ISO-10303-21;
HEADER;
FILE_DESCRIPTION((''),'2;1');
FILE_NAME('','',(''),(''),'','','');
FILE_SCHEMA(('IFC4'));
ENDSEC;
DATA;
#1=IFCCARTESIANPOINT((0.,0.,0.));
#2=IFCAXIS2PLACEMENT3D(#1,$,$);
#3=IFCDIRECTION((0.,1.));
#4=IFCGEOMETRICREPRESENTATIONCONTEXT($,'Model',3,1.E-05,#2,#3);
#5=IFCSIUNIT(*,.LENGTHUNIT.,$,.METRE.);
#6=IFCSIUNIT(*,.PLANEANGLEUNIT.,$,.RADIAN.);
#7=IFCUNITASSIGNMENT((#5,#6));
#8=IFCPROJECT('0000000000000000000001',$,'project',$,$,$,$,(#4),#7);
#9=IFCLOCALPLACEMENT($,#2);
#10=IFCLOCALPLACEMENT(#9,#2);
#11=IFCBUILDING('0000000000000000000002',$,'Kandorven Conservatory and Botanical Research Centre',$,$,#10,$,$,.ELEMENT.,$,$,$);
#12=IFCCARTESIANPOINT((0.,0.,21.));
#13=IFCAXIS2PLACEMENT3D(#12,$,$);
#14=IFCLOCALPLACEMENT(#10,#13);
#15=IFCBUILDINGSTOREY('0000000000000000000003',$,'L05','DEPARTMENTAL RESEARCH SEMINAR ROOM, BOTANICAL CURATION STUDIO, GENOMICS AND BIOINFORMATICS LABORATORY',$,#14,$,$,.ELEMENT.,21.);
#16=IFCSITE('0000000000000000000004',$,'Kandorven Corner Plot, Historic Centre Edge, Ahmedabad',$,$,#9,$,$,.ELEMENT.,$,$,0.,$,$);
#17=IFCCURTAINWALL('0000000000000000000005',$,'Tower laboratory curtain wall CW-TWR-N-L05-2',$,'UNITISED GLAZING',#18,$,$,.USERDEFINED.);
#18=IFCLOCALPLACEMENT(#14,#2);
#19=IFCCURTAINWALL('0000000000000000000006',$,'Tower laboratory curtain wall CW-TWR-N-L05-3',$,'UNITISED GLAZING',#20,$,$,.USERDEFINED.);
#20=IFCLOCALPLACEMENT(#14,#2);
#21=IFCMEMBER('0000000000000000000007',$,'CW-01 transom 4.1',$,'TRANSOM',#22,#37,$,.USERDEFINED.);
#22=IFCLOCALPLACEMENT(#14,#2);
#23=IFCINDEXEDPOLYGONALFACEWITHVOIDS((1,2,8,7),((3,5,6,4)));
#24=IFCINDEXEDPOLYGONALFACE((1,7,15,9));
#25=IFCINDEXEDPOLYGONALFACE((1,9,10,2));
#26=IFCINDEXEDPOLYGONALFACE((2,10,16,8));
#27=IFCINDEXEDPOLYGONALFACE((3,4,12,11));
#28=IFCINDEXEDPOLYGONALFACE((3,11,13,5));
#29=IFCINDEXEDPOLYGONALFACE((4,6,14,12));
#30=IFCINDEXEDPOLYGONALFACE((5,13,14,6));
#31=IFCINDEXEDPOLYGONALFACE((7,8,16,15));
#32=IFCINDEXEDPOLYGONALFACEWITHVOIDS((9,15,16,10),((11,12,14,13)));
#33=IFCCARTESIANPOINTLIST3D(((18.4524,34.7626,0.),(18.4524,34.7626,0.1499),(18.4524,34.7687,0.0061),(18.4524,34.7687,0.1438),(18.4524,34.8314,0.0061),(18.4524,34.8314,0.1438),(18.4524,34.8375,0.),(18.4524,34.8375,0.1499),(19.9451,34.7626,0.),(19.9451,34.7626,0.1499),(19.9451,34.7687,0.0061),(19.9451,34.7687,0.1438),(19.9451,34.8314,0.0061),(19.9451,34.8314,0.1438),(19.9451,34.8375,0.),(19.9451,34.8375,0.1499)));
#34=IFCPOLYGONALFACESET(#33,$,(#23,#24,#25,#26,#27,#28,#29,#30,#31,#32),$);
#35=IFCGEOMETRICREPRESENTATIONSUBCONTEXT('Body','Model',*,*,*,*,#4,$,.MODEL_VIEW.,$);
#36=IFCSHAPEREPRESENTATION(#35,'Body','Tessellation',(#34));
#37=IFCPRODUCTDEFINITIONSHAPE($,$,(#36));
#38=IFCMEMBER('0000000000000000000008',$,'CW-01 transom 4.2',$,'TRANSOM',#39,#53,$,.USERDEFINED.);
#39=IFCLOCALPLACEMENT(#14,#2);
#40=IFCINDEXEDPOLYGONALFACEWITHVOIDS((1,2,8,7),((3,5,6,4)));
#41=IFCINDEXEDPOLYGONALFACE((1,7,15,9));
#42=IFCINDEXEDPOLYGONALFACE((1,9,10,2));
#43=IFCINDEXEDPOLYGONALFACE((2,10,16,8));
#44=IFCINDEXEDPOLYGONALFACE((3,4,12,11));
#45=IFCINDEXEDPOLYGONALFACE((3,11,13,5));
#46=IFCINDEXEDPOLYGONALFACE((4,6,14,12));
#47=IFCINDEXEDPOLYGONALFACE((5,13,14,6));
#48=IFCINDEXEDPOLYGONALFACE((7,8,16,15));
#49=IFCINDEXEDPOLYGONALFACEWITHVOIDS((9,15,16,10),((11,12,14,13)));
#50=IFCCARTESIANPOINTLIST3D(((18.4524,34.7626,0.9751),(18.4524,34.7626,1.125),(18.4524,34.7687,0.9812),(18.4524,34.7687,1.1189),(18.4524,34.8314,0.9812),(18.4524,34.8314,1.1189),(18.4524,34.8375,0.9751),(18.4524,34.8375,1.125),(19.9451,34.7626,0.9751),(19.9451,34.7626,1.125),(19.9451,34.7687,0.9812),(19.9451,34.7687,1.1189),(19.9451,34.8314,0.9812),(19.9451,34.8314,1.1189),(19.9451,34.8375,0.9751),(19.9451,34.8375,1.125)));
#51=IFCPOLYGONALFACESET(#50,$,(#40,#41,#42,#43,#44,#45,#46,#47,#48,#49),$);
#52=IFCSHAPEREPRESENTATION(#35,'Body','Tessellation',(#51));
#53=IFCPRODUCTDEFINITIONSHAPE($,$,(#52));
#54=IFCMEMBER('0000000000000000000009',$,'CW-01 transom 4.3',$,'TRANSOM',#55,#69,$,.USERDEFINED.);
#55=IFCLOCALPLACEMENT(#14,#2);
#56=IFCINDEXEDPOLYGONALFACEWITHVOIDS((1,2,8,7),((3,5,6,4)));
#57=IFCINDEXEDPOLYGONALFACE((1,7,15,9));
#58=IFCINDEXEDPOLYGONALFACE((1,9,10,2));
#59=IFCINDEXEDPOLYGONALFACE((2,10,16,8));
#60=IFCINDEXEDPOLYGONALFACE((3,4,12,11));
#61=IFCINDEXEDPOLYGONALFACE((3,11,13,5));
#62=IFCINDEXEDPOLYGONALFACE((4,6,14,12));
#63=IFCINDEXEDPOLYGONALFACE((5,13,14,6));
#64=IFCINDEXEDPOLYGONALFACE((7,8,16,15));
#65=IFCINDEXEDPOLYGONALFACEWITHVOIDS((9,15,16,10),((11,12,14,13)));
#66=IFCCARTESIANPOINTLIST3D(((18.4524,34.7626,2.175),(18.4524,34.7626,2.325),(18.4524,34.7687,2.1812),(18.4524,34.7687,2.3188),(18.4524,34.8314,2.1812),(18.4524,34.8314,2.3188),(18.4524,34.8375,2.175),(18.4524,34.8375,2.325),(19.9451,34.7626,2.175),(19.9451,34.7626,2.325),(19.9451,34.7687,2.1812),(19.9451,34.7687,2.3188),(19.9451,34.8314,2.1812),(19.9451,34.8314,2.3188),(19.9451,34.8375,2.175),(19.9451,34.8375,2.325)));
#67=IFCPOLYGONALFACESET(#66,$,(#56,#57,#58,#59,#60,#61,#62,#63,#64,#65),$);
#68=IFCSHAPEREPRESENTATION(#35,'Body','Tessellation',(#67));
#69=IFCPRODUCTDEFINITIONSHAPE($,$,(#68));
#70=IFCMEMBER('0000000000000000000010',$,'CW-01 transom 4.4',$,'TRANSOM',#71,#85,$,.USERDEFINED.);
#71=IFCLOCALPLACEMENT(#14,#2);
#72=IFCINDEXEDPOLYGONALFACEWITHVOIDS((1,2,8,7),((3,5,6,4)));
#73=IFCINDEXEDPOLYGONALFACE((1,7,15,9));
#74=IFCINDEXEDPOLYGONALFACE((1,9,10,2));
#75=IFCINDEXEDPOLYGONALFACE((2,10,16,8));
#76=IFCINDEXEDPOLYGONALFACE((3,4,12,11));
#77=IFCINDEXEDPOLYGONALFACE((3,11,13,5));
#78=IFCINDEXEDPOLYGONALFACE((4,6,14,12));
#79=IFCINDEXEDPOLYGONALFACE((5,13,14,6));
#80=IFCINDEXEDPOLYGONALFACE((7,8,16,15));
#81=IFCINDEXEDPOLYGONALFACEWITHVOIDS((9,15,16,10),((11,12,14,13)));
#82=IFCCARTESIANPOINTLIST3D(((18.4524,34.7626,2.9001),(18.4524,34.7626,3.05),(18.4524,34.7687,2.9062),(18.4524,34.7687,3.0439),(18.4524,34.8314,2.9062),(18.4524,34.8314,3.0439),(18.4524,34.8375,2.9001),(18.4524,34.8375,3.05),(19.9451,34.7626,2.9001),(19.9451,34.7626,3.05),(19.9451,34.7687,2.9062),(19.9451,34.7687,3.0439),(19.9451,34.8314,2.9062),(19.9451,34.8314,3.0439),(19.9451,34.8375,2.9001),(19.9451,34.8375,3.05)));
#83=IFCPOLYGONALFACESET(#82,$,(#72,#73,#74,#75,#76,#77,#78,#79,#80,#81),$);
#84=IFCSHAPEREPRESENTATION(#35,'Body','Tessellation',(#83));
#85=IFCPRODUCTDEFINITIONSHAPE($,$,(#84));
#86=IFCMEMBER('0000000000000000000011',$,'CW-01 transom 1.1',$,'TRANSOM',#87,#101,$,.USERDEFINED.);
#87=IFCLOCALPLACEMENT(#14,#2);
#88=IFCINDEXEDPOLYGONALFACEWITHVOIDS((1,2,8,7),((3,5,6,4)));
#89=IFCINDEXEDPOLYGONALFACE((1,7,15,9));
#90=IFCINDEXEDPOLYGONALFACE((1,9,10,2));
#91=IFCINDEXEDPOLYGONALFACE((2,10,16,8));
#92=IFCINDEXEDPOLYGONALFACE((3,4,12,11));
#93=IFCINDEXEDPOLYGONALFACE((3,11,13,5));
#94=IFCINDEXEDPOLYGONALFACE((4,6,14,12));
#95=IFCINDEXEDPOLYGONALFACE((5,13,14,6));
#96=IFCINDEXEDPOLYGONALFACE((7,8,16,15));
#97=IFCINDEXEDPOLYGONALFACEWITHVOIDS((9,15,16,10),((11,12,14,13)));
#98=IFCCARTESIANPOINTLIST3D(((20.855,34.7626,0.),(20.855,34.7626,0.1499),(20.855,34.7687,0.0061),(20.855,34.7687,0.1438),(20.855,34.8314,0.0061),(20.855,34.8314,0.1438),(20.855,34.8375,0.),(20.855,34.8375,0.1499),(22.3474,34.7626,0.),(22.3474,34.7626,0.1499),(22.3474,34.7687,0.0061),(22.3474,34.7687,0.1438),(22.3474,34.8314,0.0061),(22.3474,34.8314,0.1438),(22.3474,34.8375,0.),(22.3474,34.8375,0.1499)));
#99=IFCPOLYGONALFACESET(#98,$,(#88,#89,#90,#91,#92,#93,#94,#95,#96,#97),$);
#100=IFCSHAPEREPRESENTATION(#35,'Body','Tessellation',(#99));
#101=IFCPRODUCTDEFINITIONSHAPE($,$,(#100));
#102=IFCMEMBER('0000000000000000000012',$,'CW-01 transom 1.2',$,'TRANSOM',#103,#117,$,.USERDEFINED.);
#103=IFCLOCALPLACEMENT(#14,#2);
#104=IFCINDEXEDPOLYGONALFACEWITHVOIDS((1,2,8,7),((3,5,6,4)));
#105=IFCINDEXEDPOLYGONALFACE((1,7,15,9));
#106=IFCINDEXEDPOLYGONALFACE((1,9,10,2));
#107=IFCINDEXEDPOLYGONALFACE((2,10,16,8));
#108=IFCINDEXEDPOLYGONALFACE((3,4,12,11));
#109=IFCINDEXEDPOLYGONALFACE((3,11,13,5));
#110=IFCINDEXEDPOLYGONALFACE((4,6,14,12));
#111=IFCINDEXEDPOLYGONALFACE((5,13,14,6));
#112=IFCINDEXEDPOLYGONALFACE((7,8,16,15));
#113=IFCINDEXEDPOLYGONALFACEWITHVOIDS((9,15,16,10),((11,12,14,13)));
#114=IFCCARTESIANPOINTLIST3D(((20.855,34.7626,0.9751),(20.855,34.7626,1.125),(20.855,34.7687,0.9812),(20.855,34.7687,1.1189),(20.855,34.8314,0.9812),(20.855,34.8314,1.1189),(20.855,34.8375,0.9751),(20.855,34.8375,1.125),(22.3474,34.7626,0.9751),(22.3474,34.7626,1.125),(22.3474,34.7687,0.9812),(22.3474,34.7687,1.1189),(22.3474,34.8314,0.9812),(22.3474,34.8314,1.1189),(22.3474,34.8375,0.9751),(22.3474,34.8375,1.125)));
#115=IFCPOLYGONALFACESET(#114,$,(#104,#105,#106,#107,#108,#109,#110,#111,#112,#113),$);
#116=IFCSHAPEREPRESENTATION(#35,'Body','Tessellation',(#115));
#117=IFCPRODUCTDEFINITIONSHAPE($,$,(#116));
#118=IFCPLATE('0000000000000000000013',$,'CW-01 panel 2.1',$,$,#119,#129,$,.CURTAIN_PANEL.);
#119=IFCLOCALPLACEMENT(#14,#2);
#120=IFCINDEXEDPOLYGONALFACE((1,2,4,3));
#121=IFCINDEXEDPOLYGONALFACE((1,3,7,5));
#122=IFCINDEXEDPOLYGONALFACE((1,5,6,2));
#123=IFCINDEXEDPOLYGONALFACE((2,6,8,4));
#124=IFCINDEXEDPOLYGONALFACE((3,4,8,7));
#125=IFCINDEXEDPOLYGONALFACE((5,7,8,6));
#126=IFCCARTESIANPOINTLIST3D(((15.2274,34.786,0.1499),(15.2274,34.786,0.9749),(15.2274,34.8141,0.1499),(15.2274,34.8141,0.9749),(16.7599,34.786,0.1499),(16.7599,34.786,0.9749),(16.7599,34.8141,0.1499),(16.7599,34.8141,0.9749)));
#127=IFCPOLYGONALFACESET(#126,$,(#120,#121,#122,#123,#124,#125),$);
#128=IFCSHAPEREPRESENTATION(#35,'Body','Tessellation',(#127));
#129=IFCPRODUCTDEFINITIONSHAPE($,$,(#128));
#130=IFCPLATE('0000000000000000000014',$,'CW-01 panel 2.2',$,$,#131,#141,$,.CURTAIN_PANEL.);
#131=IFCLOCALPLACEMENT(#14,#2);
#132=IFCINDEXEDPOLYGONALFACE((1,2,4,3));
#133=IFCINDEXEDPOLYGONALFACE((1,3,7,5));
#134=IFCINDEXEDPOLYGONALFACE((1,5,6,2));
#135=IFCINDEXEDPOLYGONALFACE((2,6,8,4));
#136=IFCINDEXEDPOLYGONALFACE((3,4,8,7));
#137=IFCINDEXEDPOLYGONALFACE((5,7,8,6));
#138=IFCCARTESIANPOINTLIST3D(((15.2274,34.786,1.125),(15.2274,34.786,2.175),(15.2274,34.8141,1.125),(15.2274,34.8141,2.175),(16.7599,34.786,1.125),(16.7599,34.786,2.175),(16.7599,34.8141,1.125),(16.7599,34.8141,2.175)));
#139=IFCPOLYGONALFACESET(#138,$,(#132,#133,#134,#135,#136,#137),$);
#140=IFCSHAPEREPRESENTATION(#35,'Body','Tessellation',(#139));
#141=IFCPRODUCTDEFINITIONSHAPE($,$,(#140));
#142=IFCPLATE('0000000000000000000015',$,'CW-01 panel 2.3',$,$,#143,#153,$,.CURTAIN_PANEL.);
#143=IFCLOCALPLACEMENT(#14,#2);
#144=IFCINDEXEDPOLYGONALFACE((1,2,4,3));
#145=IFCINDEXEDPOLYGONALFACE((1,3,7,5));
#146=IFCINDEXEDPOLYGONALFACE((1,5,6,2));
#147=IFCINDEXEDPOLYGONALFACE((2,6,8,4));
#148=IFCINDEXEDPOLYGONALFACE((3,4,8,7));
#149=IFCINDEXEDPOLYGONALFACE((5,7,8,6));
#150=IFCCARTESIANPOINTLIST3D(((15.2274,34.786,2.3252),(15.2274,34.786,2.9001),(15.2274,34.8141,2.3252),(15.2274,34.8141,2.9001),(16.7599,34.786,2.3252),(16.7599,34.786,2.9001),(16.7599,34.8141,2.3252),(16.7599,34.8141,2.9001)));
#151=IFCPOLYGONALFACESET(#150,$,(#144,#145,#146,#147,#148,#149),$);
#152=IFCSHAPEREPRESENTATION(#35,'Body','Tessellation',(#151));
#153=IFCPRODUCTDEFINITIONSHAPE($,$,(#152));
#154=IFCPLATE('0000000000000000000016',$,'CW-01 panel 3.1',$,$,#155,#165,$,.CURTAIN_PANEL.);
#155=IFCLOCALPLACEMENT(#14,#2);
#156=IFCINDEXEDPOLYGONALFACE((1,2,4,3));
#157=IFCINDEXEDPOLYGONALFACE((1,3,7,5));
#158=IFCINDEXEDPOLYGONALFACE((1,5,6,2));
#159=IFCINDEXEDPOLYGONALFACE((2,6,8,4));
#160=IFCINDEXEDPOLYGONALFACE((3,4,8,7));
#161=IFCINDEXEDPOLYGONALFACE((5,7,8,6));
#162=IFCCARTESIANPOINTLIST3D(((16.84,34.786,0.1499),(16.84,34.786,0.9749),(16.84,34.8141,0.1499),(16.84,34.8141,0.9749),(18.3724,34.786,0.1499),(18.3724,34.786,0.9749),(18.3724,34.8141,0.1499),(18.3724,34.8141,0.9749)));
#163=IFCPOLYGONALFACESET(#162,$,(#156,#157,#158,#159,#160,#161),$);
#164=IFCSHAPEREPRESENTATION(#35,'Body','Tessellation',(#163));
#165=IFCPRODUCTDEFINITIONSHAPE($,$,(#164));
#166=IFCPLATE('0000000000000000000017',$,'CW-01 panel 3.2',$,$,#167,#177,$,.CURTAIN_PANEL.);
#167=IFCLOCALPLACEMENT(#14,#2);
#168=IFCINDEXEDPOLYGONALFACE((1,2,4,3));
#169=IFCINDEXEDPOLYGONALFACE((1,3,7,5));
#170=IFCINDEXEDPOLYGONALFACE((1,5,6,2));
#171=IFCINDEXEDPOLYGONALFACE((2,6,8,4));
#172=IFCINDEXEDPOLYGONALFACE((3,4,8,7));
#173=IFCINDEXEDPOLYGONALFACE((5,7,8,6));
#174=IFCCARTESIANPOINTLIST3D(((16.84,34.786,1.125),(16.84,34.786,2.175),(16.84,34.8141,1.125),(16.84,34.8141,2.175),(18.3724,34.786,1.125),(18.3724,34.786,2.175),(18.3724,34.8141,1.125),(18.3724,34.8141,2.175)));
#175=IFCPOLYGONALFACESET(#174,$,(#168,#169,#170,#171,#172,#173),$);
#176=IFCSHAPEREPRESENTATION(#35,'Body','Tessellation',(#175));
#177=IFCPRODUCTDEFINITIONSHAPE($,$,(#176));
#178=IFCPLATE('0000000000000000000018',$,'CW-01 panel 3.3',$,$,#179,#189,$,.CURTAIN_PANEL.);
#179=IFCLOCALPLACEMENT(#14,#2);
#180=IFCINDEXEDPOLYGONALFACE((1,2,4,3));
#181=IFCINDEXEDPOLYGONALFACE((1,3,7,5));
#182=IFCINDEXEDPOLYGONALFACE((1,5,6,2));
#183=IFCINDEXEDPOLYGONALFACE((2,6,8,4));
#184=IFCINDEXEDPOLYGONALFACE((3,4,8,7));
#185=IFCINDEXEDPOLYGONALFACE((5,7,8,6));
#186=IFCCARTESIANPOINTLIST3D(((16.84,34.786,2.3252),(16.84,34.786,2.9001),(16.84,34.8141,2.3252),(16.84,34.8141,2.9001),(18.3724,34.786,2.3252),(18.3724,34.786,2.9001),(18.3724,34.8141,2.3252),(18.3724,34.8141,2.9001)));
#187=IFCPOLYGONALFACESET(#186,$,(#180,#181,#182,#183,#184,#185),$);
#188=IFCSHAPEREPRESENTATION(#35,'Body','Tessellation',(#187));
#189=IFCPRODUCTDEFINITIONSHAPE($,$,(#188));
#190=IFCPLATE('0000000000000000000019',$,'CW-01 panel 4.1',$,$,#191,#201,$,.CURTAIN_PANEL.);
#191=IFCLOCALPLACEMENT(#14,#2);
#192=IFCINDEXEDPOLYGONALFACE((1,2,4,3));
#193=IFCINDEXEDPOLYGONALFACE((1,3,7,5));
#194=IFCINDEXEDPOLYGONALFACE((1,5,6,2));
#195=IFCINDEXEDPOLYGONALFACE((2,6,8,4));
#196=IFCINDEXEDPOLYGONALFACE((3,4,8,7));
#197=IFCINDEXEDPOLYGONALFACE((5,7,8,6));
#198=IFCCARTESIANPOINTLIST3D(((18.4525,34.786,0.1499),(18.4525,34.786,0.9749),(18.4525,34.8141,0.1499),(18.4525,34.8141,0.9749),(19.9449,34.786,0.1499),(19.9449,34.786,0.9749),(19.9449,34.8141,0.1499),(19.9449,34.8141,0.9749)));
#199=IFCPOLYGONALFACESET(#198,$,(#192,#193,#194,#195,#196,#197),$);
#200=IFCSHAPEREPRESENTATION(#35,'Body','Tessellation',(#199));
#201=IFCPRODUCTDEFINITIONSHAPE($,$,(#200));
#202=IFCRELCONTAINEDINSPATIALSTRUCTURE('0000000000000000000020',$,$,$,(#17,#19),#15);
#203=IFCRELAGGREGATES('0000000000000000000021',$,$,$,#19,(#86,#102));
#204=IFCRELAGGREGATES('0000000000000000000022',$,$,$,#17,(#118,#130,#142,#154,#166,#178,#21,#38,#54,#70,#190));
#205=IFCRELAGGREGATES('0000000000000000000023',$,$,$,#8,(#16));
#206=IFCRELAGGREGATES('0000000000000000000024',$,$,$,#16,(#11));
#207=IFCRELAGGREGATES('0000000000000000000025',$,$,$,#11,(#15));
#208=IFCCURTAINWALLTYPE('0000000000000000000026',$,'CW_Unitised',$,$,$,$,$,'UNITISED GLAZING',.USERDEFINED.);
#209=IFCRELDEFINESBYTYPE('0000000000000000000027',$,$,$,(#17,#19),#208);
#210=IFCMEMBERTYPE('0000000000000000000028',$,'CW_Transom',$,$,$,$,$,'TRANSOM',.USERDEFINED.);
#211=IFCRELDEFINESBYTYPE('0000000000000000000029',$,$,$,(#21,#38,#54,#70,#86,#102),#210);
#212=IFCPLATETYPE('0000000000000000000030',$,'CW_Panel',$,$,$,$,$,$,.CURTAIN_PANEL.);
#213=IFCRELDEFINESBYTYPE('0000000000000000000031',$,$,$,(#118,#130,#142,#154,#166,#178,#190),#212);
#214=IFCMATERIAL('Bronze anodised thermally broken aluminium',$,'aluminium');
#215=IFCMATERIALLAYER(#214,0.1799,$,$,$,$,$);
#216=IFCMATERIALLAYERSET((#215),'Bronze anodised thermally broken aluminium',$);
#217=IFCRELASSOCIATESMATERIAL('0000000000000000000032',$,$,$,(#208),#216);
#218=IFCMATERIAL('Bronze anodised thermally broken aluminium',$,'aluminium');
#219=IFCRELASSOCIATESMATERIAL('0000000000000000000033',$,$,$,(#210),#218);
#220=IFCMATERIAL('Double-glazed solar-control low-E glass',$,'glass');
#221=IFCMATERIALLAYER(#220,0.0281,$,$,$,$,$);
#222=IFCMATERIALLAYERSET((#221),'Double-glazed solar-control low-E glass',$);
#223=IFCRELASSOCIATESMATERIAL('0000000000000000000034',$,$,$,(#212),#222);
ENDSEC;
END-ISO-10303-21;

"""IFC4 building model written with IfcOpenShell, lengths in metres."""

from ifc_helpers import new_model, si_unit, direction, frame, origin, origin_2d, place, context, subcontext, project, spatial, rectangle, hollow_rectangle, extrude, material, layer, layer_set, material_profile, profile_set, type_object, element, aggregate, save


model = new_model("IFC4")

# Units and contexts
model_context = context("Model", 3, precision=1e-05, world=origin(), true_north=direction((0.0, 1.0)))
body_context = subcontext(model_context, "Body", "Model", "MODEL_VIEW")
ifc_project = project(units=[si_unit("LENGTHUNIT", "METRE"), si_unit("PLANEANGLEUNIT", "RADIAN")], contexts=[model_context])

# Site, building, storey
site_placement = place(None, origin())
site = spatial("IfcSite", under=ifc_project, at=site_placement, Name="Kandorven Corner Plot, Historic Centre Edge, Ahmedabad", CompositionType="ELEMENT", RefElevation=0.0)
building_placement = place(site_placement, origin())
building = spatial("IfcBuilding", under=site, at=building_placement, Name="Kandorven Conservatory and Botanical Research Centre", CompositionType="ELEMENT")
storey_placement = place(building_placement, frame((0.0, 0.0, 21.0)))
storey = spatial("IfcBuildingStorey", under=building, at=storey_placement, Name="L05", Description="DEPARTMENTAL RESEARCH SEMINAR ROOM, BOTANICAL CURATION STUDIO, GENOMICS AND BIOINFORMATICS LABORATORY", CompositionType="ELEMENT", Elevation=21.0)

# Curtain wall
ifc_material_1 = material(Name="Bronze anodised thermally broken aluminium", Category="aluminium")
ifc_layer_1 = layer(ifc_material_1, 0.1799)
ifc_layer_set_1 = layer_set([ifc_layer_1], Name="Bronze anodised thermally broken aluminium")
curtain_wall_type = type_object("IfcCurtainWallType", Name="CW_Unitised", ElementType="UNITISED GLAZING", PredefinedType="USERDEFINED", material=ifc_layer_set_1)
curtain_wall_1_placement = place(storey_placement, origin())
curtain_wall_1 = element("IfcCurtainWall", 1, at=curtain_wall_1_placement, inside=storey, type_object=curtain_wall_type, Name="Tower laboratory curtain wall CW-TWR-N-L05-2", ObjectType="UNITISED GLAZING", PredefinedType="USERDEFINED")

# Curtain wall
curtain_wall_2_placement = place(storey_placement, origin())
curtain_wall_2 = element("IfcCurtainWall", 2, at=curtain_wall_2_placement, inside=storey, type_object=curtain_wall_type, Name="Tower laboratory curtain wall CW-TWR-N-L05-3", ObjectType="UNITISED GLAZING", PredefinedType="USERDEFINED")

# Members
ifc_material_2 = material(Name="Bronze anodised thermally broken aluminium", Category="aluminium")
ifc_material_profile_1 = material_profile(ifc_material_2, hollow_rectangle(XDim=0.075, YDim=0.1499, WallThickness=0.0061, at=origin_2d()))
ifc_profile_set_1 = profile_set([ifc_material_profile_1], Name="Bronze anodised thermally broken aluminium")
member_type_1 = type_object("IfcMemberType", Name="CW_Transom", ElementType="TRANSOM", PredefinedType="USERDEFINED", material=ifc_profile_set_1)
member_1_placement = place(storey_placement, frame((18.4524, 34.8, 0.075), z_axis=(1.0, 0.0, 0.0), x_axis=(0.0, 1.0, 0.0)))
member_1 = element("IfcMember", 3, at=member_1_placement, type_object=member_type_1, Name="CW-01 transom 4.1", ObjectType="TRANSOM", PredefinedType="USERDEFINED", context=body_context, shape_type="SweptSolid", body=[
    extrude(hollow_rectangle(XDim=0.075, YDim=0.1499, WallThickness=0.0061, at=origin_2d()), origin(), (0.0, 0.0, 1.0), 1.4927),
])
member_2_placement = place(storey_placement, frame((18.4524, 34.8, 1.05), z_axis=(1.0, 0.0, 0.0), x_axis=(0.0, 1.0, 0.0)))
member_2 = element("IfcMember", 4, at=member_2_placement, type_object=member_type_1, Name="CW-01 transom 4.2", ObjectType="TRANSOM", PredefinedType="USERDEFINED", context=body_context, shape_type="SweptSolid", body=[
    extrude(hollow_rectangle(XDim=0.075, YDim=0.1499, WallThickness=0.0061, at=origin_2d()), origin(), (0.0, 0.0, 1.0), 1.4927),
])
member_3_placement = place(storey_placement, frame((18.4524, 34.8, 2.25), z_axis=(1.0, 0.0, 0.0), x_axis=(0.0, 1.0, 0.0)))
member_3 = element("IfcMember", 5, at=member_3_placement, type_object=member_type_1, Name="CW-01 transom 4.3", ObjectType="TRANSOM", PredefinedType="USERDEFINED", context=body_context, shape_type="SweptSolid", body=[
    extrude(hollow_rectangle(XDim=0.075, YDim=0.1499, WallThickness=0.0061, at=origin_2d()), origin(), (0.0, 0.0, 1.0), 1.4927),
])
member_4_placement = place(storey_placement, frame((18.4524, 34.8, 2.9751), z_axis=(1.0, 0.0, 0.0), x_axis=(0.0, 1.0, 0.0)))
member_4 = element("IfcMember", 6, at=member_4_placement, type_object=member_type_1, Name="CW-01 transom 4.4", ObjectType="TRANSOM", PredefinedType="USERDEFINED", context=body_context, shape_type="SweptSolid", body=[
    extrude(hollow_rectangle(XDim=0.075, YDim=0.1499, WallThickness=0.0061, at=origin_2d()), origin(), (0.0, 0.0, 1.0), 1.4927),
])
member_5_placement = place(storey_placement, frame((20.855, 34.8, 0.075), z_axis=(1.0, 0.0, 0.0), x_axis=(0.0, 1.0, 0.0)))
member_5 = element("IfcMember", 7, at=member_5_placement, type_object=member_type_1, Name="CW-01 transom 1.1", ObjectType="TRANSOM", PredefinedType="USERDEFINED", context=body_context, shape_type="SweptSolid", body=[
    extrude(hollow_rectangle(XDim=0.075, YDim=0.1499, WallThickness=0.0061, at=origin_2d()), origin(), (0.0, 0.0, 1.0), 1.4924),
])
member_6_placement = place(storey_placement, frame((20.855, 34.8, 1.05), z_axis=(1.0, 0.0, 0.0), x_axis=(0.0, 1.0, 0.0)))
member_6 = element("IfcMember", 8, at=member_6_placement, type_object=member_type_1, Name="CW-01 transom 1.2", ObjectType="TRANSOM", PredefinedType="USERDEFINED", context=body_context, shape_type="SweptSolid", body=[
    extrude(hollow_rectangle(XDim=0.075, YDim=0.1499, WallThickness=0.0061, at=origin_2d()), origin(), (0.0, 0.0, 1.0), 1.4924),
])
aggregate(curtain_wall_2, [member_5, member_6])

# Plates
ifc_material_3 = material(Name="Double-glazed solar-control low-E glass", Category="glass")
ifc_layer_2 = layer(ifc_material_3, 0.0281)
ifc_layer_set_2 = layer_set([ifc_layer_2], Name="Double-glazed solar-control low-E glass")
plate_type = type_object("IfcPlateType", Name="CW_Panel", PredefinedType="CURTAIN_PANEL", material=ifc_layer_set_2)
plate_1_placement = place(storey_placement, frame((15.9937, 34.8, 0.1499), z_axis=(0.0, 0.0, 1.0), x_axis=(1.0, 0.0, 0.0)))
plate_1 = element("IfcPlate", 9, at=plate_1_placement, type_object=plate_type, Name="CW-01 panel 2.1", PredefinedType="CURTAIN_PANEL", context=body_context, shape_type="SweptSolid", body=[
    extrude(rectangle(XDim=1.5325, YDim=0.0281, at=origin_2d()), origin(), (0.0, 0.0, 1.0), 0.825),
])
plate_2_placement = place(storey_placement, frame((15.9937, 34.8, 1.125), z_axis=(0.0, 0.0, 1.0), x_axis=(1.0, 0.0, 0.0)))
plate_2 = element("IfcPlate", 10, at=plate_2_placement, type_object=plate_type, Name="CW-01 panel 2.2", PredefinedType="CURTAIN_PANEL", context=body_context, shape_type="SweptSolid", body=[
    extrude(rectangle(XDim=1.5325, YDim=0.0281, at=origin_2d()), origin(), (0.0, 0.0, 1.0), 1.05),
])
plate_3_placement = place(storey_placement, frame((15.9937, 34.8, 2.3252), z_axis=(0.0, 0.0, 1.0), x_axis=(1.0, 0.0, 0.0)))
plate_3 = element("IfcPlate", 11, at=plate_3_placement, type_object=plate_type, Name="CW-01 panel 2.3", PredefinedType="CURTAIN_PANEL", context=body_context, shape_type="SweptSolid", body=[
    extrude(rectangle(XDim=1.5325, YDim=0.0281, at=origin_2d()), origin(), (0.0, 0.0, 1.0), 0.575),
])
plate_4_placement = place(storey_placement, frame((17.6062, 34.8, 0.1499), z_axis=(0.0, 0.0, 1.0), x_axis=(1.0, 0.0, 0.0)))
plate_4 = element("IfcPlate", 12, at=plate_4_placement, type_object=plate_type, Name="CW-01 panel 3.1", PredefinedType="CURTAIN_PANEL", context=body_context, shape_type="SweptSolid", body=[
    extrude(rectangle(XDim=1.5325, YDim=0.0281, at=origin_2d()), origin(), (0.0, 0.0, 1.0), 0.825),
])
plate_5_placement = place(storey_placement, frame((17.6062, 34.8, 1.125), z_axis=(0.0, 0.0, 1.0), x_axis=(1.0, 0.0, 0.0)))
plate_5 = element("IfcPlate", 13, at=plate_5_placement, type_object=plate_type, Name="CW-01 panel 3.2", PredefinedType="CURTAIN_PANEL", context=body_context, shape_type="SweptSolid", body=[
    extrude(rectangle(XDim=1.5325, YDim=0.0281, at=origin_2d()), origin(), (0.0, 0.0, 1.0), 1.05),
])
plate_6_placement = place(storey_placement, frame((17.6062, 34.8, 2.3252), z_axis=(0.0, 0.0, 1.0), x_axis=(1.0, 0.0, 0.0)))
plate_6 = element("IfcPlate", 14, at=plate_6_placement, type_object=plate_type, Name="CW-01 panel 3.3", PredefinedType="CURTAIN_PANEL", context=body_context, shape_type="SweptSolid", body=[
    extrude(rectangle(XDim=1.5325, YDim=0.0281, at=origin_2d()), origin(), (0.0, 0.0, 1.0), 0.575),
])
plate_7_placement = place(storey_placement, frame((19.1987, 34.8, 0.1499), z_axis=(0.0, 0.0, 1.0), x_axis=(1.0, 0.0, 0.0)))
plate_7 = element("IfcPlate", 15, at=plate_7_placement, type_object=plate_type, Name="CW-01 panel 4.1", PredefinedType="CURTAIN_PANEL", context=body_context, shape_type="SweptSolid", body=[
    extrude(rectangle(XDim=1.4924, YDim=0.0281, at=origin_2d()), origin(), (0.0, 0.0, 1.0), 0.825),
])
aggregate(curtain_wall_1, [plate_1, plate_2, plate_3, plate_4, plate_5, plate_6, member_1, member_2, member_3, member_4, plate_7])

save(model, "model.ifc")
